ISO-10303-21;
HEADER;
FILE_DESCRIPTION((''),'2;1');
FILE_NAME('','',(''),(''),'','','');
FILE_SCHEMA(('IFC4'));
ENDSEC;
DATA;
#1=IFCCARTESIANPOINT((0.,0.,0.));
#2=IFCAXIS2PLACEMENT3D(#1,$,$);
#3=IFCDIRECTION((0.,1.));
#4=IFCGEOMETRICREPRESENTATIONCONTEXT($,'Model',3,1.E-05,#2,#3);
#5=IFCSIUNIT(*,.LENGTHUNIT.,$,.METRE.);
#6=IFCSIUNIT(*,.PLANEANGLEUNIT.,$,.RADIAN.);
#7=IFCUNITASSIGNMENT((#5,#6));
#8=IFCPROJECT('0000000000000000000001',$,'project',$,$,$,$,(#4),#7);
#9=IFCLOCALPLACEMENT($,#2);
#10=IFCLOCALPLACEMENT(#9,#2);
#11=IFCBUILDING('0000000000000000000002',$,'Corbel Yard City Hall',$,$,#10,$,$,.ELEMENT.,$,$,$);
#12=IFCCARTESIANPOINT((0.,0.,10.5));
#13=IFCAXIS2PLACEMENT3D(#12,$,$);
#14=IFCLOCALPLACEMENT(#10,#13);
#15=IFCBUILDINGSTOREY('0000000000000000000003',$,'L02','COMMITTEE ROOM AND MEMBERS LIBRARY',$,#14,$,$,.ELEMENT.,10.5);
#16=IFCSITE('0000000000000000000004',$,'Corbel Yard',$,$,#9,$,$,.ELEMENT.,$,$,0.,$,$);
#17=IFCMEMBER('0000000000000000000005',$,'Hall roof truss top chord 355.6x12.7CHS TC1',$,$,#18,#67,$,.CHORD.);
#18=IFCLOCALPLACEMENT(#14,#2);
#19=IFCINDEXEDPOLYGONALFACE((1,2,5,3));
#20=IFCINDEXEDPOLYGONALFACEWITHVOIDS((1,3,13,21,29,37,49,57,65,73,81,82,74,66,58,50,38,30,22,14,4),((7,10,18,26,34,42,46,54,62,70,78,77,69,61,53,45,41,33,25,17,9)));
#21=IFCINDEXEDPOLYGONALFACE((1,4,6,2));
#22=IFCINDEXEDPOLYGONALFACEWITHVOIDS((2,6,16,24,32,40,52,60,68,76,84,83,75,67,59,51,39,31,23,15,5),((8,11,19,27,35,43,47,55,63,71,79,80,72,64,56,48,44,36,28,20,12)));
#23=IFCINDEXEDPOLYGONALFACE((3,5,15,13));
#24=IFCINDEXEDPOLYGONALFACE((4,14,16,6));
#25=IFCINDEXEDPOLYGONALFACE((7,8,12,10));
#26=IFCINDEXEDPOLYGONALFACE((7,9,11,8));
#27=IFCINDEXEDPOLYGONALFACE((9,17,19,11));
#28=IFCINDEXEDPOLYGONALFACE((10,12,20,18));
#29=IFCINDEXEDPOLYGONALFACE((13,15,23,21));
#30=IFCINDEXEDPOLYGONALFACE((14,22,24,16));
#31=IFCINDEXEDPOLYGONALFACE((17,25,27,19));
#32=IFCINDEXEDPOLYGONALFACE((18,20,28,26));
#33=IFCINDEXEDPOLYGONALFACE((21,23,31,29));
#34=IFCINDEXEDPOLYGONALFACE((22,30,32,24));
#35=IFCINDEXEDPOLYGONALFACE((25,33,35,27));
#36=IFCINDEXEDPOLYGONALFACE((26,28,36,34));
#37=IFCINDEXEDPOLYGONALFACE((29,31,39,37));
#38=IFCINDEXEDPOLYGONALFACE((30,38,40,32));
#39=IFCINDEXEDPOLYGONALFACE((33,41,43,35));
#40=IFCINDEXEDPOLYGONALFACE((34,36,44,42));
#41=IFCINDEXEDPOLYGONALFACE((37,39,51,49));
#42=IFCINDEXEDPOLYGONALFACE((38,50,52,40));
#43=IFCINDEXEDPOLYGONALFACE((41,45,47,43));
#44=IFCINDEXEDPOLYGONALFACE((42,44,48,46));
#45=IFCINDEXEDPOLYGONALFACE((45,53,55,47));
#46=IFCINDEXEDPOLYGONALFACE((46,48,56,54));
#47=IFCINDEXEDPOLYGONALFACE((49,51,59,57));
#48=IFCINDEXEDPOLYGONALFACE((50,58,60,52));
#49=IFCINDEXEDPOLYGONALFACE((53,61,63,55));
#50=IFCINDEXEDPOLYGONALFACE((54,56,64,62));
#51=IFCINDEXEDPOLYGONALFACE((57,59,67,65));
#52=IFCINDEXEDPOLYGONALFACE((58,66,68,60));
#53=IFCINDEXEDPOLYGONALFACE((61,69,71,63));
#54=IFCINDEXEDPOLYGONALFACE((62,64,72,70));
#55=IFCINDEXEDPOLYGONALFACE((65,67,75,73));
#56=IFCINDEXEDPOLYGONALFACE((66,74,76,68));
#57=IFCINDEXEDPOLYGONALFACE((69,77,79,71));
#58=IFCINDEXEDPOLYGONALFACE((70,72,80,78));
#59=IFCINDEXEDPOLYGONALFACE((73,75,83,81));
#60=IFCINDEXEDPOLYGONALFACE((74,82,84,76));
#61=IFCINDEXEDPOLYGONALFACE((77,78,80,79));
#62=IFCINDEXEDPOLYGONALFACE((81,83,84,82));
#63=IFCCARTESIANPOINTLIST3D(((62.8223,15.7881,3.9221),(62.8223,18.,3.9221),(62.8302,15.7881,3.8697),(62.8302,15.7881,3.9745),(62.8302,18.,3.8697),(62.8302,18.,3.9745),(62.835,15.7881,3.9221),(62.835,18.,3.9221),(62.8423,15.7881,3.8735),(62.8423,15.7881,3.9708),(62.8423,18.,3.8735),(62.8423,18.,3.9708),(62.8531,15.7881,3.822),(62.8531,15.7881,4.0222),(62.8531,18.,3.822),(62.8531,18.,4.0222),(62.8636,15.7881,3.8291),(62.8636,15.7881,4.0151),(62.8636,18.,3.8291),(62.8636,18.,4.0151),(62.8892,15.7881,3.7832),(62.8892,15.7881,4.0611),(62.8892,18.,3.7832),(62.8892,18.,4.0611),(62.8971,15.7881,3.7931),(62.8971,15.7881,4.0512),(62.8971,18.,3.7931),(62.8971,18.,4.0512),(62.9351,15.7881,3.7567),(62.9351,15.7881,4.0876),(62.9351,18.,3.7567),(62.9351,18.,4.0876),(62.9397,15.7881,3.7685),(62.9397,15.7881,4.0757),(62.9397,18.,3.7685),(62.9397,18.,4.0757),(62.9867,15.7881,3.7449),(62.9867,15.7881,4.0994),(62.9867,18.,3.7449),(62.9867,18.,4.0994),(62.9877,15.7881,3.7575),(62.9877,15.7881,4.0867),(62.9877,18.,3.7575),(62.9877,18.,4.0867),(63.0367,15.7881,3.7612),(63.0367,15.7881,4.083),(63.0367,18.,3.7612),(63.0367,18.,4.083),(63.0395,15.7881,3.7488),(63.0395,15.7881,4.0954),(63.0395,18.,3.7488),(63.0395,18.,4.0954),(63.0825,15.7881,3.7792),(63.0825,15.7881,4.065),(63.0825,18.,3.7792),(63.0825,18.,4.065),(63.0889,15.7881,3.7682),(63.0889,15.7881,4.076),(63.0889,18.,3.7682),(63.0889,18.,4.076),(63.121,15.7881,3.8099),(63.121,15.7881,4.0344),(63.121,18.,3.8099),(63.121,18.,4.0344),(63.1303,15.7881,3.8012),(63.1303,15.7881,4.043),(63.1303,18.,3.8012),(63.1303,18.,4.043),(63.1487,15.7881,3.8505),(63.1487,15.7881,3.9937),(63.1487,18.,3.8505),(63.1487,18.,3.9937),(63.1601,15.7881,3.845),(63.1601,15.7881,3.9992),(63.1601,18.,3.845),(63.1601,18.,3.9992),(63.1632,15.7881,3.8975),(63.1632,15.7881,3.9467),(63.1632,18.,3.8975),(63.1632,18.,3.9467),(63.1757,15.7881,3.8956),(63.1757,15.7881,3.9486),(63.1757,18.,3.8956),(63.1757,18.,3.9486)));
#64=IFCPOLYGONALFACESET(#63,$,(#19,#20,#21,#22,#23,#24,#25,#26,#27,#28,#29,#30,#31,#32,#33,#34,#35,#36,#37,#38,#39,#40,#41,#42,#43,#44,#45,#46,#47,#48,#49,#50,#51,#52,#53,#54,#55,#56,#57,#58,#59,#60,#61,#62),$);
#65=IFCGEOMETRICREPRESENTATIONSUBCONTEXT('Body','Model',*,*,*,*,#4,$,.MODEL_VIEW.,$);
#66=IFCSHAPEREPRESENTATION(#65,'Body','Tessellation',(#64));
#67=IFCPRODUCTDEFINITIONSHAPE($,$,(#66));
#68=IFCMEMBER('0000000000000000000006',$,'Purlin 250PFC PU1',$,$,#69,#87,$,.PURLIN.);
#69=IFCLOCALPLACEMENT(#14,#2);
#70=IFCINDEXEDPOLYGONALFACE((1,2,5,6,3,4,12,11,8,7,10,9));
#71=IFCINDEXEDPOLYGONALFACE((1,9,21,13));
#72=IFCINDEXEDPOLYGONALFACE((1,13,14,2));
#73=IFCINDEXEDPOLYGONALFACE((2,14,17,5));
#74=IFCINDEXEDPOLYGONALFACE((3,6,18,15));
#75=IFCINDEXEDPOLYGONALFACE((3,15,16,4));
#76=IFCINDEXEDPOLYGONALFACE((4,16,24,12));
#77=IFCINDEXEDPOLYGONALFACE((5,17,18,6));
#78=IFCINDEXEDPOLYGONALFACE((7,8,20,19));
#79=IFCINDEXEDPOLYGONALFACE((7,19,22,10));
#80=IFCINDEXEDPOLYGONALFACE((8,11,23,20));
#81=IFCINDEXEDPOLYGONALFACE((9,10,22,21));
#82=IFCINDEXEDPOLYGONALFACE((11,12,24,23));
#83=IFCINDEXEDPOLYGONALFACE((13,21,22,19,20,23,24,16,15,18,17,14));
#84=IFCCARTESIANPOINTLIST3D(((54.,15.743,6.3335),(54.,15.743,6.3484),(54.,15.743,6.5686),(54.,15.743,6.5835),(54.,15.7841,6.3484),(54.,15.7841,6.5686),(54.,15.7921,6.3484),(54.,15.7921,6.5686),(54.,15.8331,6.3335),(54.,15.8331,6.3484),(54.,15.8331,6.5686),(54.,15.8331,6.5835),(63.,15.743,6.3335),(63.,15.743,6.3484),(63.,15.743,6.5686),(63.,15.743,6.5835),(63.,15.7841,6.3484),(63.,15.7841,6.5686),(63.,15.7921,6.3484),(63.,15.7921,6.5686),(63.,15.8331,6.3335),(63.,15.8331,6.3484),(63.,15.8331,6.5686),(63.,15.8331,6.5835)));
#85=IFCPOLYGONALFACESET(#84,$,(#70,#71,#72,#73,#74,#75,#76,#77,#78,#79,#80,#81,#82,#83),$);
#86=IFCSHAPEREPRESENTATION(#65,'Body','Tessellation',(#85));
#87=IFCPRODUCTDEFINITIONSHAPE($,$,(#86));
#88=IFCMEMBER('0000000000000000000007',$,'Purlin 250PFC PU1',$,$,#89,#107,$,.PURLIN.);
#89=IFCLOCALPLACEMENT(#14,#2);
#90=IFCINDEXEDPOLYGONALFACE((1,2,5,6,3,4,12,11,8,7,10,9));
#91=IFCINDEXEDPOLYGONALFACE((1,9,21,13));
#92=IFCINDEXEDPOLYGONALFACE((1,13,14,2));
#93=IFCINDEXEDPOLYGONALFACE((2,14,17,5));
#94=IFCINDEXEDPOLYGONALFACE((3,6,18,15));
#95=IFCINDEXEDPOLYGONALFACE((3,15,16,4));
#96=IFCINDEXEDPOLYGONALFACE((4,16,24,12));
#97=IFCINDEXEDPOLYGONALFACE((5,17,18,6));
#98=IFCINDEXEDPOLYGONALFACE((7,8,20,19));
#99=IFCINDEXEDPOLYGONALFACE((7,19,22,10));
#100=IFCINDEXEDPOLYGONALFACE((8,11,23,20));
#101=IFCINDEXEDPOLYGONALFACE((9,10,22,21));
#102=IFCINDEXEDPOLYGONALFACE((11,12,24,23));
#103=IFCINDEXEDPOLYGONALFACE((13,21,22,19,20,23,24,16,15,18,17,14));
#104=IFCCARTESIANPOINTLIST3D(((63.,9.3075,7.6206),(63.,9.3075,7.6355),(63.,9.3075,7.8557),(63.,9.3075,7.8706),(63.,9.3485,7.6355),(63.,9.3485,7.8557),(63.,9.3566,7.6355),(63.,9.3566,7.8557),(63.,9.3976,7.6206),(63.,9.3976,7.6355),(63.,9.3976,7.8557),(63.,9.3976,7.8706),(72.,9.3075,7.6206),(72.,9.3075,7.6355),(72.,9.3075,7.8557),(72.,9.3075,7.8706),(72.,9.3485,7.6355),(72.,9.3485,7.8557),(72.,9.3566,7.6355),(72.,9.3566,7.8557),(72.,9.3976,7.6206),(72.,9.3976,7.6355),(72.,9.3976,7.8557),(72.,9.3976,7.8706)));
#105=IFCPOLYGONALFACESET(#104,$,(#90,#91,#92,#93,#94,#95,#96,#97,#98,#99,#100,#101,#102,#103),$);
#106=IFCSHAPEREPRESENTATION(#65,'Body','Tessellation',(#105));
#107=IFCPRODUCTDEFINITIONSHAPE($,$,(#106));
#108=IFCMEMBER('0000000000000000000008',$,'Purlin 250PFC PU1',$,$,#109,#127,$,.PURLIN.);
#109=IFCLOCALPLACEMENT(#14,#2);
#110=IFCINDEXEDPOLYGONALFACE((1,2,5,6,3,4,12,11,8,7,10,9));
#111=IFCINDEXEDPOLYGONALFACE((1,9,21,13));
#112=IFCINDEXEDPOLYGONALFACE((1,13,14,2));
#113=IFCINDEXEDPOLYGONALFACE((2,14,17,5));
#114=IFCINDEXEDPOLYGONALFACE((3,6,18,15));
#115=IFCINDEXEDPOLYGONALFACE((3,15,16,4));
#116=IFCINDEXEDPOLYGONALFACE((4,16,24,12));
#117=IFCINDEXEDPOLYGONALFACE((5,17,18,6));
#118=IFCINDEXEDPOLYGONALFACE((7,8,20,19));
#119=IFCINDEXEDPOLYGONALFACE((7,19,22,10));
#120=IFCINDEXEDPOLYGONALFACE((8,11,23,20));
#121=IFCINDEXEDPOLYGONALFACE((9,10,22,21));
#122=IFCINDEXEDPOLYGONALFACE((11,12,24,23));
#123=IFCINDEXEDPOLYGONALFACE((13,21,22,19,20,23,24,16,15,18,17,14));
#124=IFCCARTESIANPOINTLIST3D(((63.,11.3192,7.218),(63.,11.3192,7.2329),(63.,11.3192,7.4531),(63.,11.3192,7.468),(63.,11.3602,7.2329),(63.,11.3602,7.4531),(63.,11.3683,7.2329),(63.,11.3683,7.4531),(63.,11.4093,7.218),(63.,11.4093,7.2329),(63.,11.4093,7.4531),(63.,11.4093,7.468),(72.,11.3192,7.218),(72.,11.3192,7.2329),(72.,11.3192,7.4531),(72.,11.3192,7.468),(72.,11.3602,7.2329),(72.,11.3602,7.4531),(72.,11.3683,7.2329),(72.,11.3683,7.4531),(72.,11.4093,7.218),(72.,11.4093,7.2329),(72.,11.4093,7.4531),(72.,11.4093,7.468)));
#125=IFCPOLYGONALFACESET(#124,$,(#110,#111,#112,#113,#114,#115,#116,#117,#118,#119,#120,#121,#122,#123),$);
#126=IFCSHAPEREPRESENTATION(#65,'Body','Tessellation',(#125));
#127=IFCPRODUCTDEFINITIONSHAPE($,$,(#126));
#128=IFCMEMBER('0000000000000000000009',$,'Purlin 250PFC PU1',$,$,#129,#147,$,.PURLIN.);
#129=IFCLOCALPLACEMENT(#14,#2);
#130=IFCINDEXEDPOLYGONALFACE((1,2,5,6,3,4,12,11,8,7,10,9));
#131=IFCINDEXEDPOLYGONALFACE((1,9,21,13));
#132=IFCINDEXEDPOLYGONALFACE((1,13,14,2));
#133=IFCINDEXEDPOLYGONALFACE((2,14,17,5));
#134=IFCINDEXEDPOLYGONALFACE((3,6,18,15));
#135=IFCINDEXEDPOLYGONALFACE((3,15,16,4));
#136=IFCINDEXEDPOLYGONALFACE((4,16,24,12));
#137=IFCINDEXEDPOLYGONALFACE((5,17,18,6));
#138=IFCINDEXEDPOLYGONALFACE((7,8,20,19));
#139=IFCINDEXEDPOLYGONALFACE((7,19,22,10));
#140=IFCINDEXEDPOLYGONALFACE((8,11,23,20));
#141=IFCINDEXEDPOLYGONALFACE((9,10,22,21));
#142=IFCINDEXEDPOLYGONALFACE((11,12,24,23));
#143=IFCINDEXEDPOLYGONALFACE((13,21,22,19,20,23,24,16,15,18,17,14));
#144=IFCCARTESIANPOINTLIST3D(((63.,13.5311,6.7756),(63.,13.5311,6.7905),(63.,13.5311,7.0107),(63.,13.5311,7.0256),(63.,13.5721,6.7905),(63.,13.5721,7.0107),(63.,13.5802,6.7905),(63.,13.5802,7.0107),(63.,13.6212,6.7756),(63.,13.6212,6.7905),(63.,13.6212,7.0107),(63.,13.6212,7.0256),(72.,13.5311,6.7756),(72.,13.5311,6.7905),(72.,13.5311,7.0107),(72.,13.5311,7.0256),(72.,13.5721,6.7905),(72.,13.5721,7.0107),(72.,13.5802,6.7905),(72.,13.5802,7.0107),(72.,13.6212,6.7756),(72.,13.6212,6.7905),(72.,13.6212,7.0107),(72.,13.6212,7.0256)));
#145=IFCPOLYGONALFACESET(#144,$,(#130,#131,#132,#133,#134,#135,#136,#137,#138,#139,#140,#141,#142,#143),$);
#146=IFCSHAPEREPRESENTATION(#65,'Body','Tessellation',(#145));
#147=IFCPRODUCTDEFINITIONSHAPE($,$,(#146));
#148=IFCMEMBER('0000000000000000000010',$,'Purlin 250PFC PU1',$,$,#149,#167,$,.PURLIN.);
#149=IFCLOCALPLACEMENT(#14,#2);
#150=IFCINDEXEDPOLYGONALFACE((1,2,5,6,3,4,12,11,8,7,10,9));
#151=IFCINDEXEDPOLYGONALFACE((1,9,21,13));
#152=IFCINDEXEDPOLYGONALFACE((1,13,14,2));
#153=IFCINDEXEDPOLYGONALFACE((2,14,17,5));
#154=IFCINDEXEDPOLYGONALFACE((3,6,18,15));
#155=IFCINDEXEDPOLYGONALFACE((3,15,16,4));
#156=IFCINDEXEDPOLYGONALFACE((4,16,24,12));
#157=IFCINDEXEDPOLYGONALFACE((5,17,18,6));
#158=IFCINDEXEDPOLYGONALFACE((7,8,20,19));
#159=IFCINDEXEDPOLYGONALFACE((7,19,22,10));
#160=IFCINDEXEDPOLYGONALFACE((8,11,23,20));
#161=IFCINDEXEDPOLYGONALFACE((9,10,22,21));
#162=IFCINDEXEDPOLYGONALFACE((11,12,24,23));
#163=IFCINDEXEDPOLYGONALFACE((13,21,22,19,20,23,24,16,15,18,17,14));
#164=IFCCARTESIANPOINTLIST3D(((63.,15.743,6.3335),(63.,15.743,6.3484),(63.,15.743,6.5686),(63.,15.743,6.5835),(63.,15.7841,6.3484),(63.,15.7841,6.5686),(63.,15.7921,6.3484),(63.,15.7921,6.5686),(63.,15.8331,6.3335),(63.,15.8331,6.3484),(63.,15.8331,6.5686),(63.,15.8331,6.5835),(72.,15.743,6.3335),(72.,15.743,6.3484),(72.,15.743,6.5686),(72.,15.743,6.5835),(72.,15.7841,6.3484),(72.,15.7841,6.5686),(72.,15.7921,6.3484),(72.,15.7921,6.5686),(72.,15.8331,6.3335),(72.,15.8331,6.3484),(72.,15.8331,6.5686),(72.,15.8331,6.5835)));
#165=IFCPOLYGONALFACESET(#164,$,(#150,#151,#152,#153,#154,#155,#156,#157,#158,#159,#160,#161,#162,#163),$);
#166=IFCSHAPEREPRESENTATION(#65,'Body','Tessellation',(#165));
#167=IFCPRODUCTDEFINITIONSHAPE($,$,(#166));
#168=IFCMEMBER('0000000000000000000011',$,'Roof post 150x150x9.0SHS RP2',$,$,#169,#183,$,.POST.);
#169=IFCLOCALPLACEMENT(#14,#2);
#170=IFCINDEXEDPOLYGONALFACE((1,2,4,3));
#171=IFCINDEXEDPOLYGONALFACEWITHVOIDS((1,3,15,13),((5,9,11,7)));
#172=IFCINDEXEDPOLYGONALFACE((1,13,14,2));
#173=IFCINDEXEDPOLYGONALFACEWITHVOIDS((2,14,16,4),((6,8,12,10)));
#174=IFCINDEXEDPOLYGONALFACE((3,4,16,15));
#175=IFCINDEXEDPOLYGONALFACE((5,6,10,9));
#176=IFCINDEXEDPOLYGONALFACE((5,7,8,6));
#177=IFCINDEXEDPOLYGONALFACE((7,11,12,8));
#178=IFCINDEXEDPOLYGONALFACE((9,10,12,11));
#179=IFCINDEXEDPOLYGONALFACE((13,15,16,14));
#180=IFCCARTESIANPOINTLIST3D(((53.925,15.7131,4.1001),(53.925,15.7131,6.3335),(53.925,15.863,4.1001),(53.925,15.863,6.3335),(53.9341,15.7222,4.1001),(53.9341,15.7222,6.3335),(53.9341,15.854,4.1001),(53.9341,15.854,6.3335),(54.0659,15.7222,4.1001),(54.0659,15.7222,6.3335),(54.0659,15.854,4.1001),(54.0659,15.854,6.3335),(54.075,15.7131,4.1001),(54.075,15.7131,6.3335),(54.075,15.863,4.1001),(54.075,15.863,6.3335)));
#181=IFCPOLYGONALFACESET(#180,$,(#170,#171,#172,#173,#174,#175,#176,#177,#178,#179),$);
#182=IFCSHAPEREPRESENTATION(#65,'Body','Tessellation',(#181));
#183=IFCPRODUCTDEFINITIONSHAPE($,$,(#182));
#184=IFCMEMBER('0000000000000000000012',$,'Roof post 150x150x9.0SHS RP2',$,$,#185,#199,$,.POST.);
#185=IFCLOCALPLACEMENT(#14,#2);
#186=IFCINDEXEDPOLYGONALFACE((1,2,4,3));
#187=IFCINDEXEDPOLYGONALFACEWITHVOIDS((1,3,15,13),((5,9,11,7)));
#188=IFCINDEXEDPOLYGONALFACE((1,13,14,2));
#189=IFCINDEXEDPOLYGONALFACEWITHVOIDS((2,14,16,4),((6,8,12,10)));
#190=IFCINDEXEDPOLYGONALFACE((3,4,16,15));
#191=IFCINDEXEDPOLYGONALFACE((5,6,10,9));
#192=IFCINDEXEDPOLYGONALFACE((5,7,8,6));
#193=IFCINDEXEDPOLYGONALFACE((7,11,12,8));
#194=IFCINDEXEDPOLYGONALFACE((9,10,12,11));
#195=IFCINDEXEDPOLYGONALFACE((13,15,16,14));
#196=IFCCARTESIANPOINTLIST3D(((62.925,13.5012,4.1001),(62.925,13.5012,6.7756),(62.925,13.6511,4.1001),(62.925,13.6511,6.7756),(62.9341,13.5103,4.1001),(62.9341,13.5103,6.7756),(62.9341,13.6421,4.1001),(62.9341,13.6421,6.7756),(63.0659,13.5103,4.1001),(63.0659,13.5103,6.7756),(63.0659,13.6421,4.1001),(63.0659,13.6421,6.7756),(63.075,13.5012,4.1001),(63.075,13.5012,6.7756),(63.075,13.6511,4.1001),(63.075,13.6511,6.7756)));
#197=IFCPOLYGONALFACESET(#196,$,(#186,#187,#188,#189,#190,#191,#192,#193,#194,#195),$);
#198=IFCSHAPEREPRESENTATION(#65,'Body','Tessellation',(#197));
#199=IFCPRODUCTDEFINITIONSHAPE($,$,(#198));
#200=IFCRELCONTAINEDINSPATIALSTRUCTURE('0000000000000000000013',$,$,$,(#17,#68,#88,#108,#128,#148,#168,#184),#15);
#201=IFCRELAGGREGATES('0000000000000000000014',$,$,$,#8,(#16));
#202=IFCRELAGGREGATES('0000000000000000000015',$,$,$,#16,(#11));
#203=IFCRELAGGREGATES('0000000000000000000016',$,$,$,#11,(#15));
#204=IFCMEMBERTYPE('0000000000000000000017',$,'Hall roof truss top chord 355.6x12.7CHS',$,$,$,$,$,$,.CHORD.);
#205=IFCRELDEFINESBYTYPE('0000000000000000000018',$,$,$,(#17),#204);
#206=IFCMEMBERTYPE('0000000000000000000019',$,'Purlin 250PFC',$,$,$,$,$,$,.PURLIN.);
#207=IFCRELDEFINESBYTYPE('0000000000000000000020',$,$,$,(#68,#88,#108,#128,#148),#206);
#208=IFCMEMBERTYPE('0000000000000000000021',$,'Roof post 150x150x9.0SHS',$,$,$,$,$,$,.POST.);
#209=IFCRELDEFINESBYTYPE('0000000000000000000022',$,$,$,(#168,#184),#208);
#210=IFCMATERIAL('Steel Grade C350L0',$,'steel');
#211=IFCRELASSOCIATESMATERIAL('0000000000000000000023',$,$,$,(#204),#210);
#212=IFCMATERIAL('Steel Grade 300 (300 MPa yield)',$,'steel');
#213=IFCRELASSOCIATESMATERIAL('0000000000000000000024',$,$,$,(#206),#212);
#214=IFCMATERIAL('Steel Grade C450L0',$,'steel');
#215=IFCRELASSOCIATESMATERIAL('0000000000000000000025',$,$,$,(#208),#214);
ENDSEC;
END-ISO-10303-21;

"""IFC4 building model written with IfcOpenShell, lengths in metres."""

from ifc_helpers import new_model, si_unit, direction, frame, origin, origin_2d, place, context, subcontext, project, spatial, hollow_rectangle, hollow_circle, i_section, extrude, material, material_profile, profile_set, type_object, element, save


model = new_model("IFC4")

# Units and contexts
model_context = context("Model", 3, precision=1e-05, world=origin(), true_north=direction((0.0, 1.0)))
body_context = subcontext(model_context, "Body", "Model", "MODEL_VIEW")
ifc_project = project(units=[si_unit("LENGTHUNIT", "METRE"), si_unit("PLANEANGLEUNIT", "RADIAN")], contexts=[model_context])

# Site, building, storey
site_placement = place(None, origin())
site = spatial("IfcSite", under=ifc_project, at=site_placement, Name="Corbel Yard", CompositionType="ELEMENT", RefElevation=0.0)
building_placement = place(site_placement, origin())
building = spatial("IfcBuilding", under=site, at=building_placement, Name="Corbel Yard City Hall", CompositionType="ELEMENT")
storey_placement = place(building_placement, frame((0.0, 0.0, 10.5)))
storey = spatial("IfcBuildingStorey", under=building, at=storey_placement, Name="L02", Description="COMMITTEE ROOM AND MEMBERS LIBRARY", CompositionType="ELEMENT", Elevation=10.5)

# Shared definitions
ifc_material_1 = material(Name="Steel Grade 300 (300 MPa yield)", Category="steel")

# Members
ifc_material_2 = material(Name="Steel Grade C350L0", Category="steel")
ifc_material_profile_1 = material_profile(ifc_material_2, hollow_circle(Radius=0.1777, WallThickness=0.0127, at=origin_2d()), Name="355.6x12.7CHS")
ifc_profile_set_1 = profile_set([ifc_material_profile_1], Name="Steel Grade C350L0")
member_type_1 = type_object("IfcMemberType", Name="Hall roof truss top chord 355.6x12.7CHS", PredefinedType="CHORD", material=ifc_profile_set_1)
for number, where, z_axis, x_axis, name in (
    (1, (63.0, 15.7881, 3.9221), (0.0, 1.0, 0.0), (-1.0, 0.0, 0.0), "Hall roof truss top chord 355.6x12.7CHS TC1"),
):
    element("IfcMember", number, at=place(storey_placement, frame(where, z_axis=z_axis, x_axis=x_axis)), inside=storey, type_object=member_type_1, Name=name, PredefinedType="CHORD", context=body_context, shape_type="SweptSolid", body=[
        extrude(hollow_circle(Radius=0.1777, WallThickness=0.0127, at=origin_2d()), origin(), (0.0, 0.0, 1.0), 2.2119),
    ])
ifc_material_profile_2 = material_profile(ifc_material_1, i_section(OverallWidth=0.0901, OverallDepth=0.25, WebThickness=0.0081, FlangeThickness=0.0149, at=origin_2d()), Name="250PFC")
ifc_profile_set_2 = profile_set([ifc_material_profile_2], Name="Steel Grade 300 (300 MPa yield)")
member_type_2 = type_object("IfcMemberType", Name="Purlin 250PFC", PredefinedType="PURLIN", material=ifc_profile_set_2)
for number, where, z_axis, x_axis, name in (
    (2, (54.0, 15.7881, 6.4585), (1.0, 0.0, 0.0), (0.0, 1.0, 0.0), "Purlin 250PFC PU1"),
    (3, (63.0, 9.3525, 7.7456), (1.0, 0.0, 0.0), (0.0, 1.0, 0.0), "Purlin 250PFC PU1"),
    (4, (63.0, 11.3643, 7.343), (1.0, 0.0, 0.0), (0.0, 1.0, 0.0), "Purlin 250PFC PU1"),
    (5, (63.0, 13.5762, 6.9006), (1.0, 0.0, 0.0), (0.0, 1.0, 0.0), "Purlin 250PFC PU1"),
    (6, (63.0, 15.7881, 6.4585), (1.0, 0.0, 0.0), (0.0, 1.0, 0.0), "Purlin 250PFC PU1"),
):
    element("IfcMember", number, at=place(storey_placement, frame(where, z_axis=z_axis, x_axis=x_axis)), inside=storey, type_object=member_type_2, Name=name, PredefinedType="PURLIN", context=body_context, shape_type="SweptSolid", body=[
        extrude(i_section(OverallWidth=0.0901, OverallDepth=0.25, WebThickness=0.0081, FlangeThickness=0.0149, at=origin_2d()), origin(), (0.0, 0.0, 1.0), 9.0),
    ])
ifc_material_3 = material(Name="Steel Grade C450L0", Category="steel")
ifc_material_profile_3 = material_profile(ifc_material_3, hollow_rectangle(XDim=0.1499, YDim=0.1499, WallThickness=0.009, at=origin_2d()), Name="150x150x9.0SHS")
ifc_profile_set_3 = profile_set([ifc_material_profile_3], Name="Steel Grade C450L0")
member_type_3 = type_object("IfcMemberType", Name="Roof post 150x150x9.0SHS", PredefinedType="POST", material=ifc_profile_set_3)
member_1_placement = place(storey_placement, frame((54.0, 15.7881, 4.1001), z_axis=(0.0, 0.0, 1.0), x_axis=(1.0, 0.0, 0.0)))
element("IfcMember", 7, at=member_1_placement, inside=storey, type_object=member_type_3, Name="Roof post 150x150x9.0SHS RP2", PredefinedType="POST", context=body_context, shape_type="SweptSolid", body=[
    extrude(hollow_rectangle(XDim=0.1499, YDim=0.1499, WallThickness=0.009, at=origin_2d()), origin(), (0.0, 0.0, 1.0), 2.2334),
])
member_2_placement = place(storey_placement, frame((63.0, 13.5762, 4.1001), z_axis=(0.0, 0.0, 1.0), x_axis=(1.0, 0.0, 0.0)))
element("IfcMember", 8, at=member_2_placement, inside=storey, type_object=member_type_3, Name="Roof post 150x150x9.0SHS RP2", PredefinedType="POST", context=body_context, shape_type="SweptSolid", body=[
    extrude(hollow_rectangle(XDim=0.1499, YDim=0.1499, WallThickness=0.009, at=origin_2d()), origin(), (0.0, 0.0, 1.0), 2.6755),
])

save(model, "model.ifc")
